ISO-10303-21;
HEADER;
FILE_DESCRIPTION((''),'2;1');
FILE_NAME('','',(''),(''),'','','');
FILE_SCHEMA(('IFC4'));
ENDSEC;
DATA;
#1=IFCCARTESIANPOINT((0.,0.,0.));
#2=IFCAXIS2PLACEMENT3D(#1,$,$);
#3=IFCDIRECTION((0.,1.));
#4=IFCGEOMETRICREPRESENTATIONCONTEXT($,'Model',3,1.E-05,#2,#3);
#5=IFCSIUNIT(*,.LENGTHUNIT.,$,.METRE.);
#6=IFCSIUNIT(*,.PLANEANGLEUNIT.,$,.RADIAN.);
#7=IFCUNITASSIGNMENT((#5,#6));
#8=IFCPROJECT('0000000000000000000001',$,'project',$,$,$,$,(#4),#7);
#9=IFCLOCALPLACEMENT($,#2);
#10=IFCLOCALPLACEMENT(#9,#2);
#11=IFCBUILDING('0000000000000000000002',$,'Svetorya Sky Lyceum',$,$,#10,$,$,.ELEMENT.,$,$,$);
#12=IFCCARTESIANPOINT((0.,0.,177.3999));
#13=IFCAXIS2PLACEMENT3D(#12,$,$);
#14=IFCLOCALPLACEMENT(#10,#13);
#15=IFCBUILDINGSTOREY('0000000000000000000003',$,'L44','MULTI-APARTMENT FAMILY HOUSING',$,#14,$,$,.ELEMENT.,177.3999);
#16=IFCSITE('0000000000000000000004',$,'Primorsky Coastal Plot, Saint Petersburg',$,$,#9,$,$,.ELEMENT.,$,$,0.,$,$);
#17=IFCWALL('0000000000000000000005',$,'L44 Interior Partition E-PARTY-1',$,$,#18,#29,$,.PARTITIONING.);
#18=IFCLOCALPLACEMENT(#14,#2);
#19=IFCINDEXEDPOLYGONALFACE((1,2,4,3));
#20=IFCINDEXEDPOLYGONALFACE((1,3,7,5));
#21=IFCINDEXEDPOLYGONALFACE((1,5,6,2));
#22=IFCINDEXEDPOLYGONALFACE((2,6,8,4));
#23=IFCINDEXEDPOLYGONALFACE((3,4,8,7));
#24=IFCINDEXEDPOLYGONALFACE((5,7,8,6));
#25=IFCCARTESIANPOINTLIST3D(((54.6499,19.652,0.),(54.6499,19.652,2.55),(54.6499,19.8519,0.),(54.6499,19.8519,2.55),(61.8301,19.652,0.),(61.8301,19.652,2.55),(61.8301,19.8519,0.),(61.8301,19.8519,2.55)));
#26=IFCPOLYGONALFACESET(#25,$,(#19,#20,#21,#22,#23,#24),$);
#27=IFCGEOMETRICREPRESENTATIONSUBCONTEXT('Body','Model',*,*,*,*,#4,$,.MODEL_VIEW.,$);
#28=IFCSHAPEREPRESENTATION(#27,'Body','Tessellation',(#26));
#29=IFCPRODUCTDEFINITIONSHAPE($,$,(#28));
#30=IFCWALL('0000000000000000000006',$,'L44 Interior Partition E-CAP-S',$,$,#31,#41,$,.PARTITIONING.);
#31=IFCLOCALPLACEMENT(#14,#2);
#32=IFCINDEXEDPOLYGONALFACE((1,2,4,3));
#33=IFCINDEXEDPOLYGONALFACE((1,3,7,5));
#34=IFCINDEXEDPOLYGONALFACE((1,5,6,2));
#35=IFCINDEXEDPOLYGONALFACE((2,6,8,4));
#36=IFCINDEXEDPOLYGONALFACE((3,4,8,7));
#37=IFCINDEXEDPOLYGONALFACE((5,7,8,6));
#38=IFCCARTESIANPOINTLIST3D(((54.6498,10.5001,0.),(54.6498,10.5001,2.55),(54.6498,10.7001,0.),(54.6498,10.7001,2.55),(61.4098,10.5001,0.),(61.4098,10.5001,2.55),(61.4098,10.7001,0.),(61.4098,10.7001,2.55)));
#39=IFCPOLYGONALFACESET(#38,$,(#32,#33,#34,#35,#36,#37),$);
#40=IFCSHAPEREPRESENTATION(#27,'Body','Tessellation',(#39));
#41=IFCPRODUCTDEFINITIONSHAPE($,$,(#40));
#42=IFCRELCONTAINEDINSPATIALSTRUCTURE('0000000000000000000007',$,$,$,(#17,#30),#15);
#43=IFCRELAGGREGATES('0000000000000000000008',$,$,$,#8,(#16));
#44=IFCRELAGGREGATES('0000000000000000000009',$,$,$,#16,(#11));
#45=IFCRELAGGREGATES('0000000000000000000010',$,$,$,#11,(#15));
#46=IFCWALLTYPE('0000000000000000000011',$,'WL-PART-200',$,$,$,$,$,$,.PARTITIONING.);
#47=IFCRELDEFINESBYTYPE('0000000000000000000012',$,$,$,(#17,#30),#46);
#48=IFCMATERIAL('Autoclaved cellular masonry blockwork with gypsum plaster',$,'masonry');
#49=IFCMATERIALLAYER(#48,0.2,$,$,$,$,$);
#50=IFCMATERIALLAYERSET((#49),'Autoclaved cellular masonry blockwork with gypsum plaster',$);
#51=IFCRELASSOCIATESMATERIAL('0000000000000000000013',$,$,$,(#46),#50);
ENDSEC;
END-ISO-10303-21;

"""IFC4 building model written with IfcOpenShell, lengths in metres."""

from ifc_helpers import new_model, si_unit, direction, frame, frame_2d, origin, place, context, subcontext, project, spatial, rectangle, extrude, material, layer, layer_set, type_object, element, save


model = new_model("IFC4")

# Units and contexts
model_context = context("Model", 3, precision=1e-05, world=origin(), true_north=direction((0.0, 1.0)))
body_context = subcontext(model_context, "Body", "Model", "MODEL_VIEW")
ifc_project = project(units=[si_unit("LENGTHUNIT", "METRE"), si_unit("PLANEANGLEUNIT", "RADIAN")], contexts=[model_context])

# Site, building, storey
site_placement = place(None, origin())
site = spatial("IfcSite", under=ifc_project, at=site_placement, Name="Primorsky Coastal Plot, Saint Petersburg", CompositionType="ELEMENT", RefElevation=0.0)
building_placement = place(site_placement, origin())
building = spatial("IfcBuilding", under=site, at=building_placement, Name="Svetorya Sky Lyceum", CompositionType="ELEMENT")
storey_placement = place(building_placement, frame((0.0, 0.0, 177.3999)))
storey = spatial("IfcBuildingStorey", under=building, at=storey_placement, Name="L44", Description="MULTI-APARTMENT FAMILY HOUSING", CompositionType="ELEMENT", Elevation=177.3999)

# Walls
ifc_material_1 = material(Name="Autoclaved cellular masonry blockwork with gypsum plaster", Category="masonry")
ifc_layer_1 = layer(ifc_material_1, 0.2)
ifc_layer_set_1 = layer_set([ifc_layer_1], Name="Autoclaved cellular masonry blockwork with gypsum plaster")
wall_type_1 = type_object("IfcWallType", Name="WL-PART-200", PredefinedType="PARTITIONING", material=ifc_layer_set_1)
wall_1_placement = place(storey_placement, frame((54.6499, 19.752, 0.0), z_axis=(0.0, 0.0, 1.0), x_axis=(1.0, 0.0, 0.0)))
element("IfcWall", 1, at=wall_1_placement, inside=storey, type_object=wall_type_1, Name="L44 Interior Partition E-PARTY-1", PredefinedType="PARTITIONING", context=body_context, shape_type="SweptSolid", body=[
    extrude(rectangle(XDim=7.1802, YDim=0.2, at=frame_2d((3.5901, 0.0))), origin(), (0.0, 0.0, 1.0), 2.55),
])
wall_2_placement = place(storey_placement, frame((54.6499, 10.6001, 0.0), z_axis=(0.0, 0.0, 1.0), x_axis=(1.0, 0.0, 0.0)))
element("IfcWall", 2, at=wall_2_placement, inside=storey, type_object=wall_type_1, Name="L44 Interior Partition E-CAP-S", PredefinedType="PARTITIONING", context=body_context, shape_type="SweptSolid", body=[
    extrude(rectangle(XDim=6.76, YDim=0.2, at=frame_2d((3.3799, 0.0))), origin(), (0.0, 0.0, 1.0), 2.55),
])

save(model, "model.ifc")
